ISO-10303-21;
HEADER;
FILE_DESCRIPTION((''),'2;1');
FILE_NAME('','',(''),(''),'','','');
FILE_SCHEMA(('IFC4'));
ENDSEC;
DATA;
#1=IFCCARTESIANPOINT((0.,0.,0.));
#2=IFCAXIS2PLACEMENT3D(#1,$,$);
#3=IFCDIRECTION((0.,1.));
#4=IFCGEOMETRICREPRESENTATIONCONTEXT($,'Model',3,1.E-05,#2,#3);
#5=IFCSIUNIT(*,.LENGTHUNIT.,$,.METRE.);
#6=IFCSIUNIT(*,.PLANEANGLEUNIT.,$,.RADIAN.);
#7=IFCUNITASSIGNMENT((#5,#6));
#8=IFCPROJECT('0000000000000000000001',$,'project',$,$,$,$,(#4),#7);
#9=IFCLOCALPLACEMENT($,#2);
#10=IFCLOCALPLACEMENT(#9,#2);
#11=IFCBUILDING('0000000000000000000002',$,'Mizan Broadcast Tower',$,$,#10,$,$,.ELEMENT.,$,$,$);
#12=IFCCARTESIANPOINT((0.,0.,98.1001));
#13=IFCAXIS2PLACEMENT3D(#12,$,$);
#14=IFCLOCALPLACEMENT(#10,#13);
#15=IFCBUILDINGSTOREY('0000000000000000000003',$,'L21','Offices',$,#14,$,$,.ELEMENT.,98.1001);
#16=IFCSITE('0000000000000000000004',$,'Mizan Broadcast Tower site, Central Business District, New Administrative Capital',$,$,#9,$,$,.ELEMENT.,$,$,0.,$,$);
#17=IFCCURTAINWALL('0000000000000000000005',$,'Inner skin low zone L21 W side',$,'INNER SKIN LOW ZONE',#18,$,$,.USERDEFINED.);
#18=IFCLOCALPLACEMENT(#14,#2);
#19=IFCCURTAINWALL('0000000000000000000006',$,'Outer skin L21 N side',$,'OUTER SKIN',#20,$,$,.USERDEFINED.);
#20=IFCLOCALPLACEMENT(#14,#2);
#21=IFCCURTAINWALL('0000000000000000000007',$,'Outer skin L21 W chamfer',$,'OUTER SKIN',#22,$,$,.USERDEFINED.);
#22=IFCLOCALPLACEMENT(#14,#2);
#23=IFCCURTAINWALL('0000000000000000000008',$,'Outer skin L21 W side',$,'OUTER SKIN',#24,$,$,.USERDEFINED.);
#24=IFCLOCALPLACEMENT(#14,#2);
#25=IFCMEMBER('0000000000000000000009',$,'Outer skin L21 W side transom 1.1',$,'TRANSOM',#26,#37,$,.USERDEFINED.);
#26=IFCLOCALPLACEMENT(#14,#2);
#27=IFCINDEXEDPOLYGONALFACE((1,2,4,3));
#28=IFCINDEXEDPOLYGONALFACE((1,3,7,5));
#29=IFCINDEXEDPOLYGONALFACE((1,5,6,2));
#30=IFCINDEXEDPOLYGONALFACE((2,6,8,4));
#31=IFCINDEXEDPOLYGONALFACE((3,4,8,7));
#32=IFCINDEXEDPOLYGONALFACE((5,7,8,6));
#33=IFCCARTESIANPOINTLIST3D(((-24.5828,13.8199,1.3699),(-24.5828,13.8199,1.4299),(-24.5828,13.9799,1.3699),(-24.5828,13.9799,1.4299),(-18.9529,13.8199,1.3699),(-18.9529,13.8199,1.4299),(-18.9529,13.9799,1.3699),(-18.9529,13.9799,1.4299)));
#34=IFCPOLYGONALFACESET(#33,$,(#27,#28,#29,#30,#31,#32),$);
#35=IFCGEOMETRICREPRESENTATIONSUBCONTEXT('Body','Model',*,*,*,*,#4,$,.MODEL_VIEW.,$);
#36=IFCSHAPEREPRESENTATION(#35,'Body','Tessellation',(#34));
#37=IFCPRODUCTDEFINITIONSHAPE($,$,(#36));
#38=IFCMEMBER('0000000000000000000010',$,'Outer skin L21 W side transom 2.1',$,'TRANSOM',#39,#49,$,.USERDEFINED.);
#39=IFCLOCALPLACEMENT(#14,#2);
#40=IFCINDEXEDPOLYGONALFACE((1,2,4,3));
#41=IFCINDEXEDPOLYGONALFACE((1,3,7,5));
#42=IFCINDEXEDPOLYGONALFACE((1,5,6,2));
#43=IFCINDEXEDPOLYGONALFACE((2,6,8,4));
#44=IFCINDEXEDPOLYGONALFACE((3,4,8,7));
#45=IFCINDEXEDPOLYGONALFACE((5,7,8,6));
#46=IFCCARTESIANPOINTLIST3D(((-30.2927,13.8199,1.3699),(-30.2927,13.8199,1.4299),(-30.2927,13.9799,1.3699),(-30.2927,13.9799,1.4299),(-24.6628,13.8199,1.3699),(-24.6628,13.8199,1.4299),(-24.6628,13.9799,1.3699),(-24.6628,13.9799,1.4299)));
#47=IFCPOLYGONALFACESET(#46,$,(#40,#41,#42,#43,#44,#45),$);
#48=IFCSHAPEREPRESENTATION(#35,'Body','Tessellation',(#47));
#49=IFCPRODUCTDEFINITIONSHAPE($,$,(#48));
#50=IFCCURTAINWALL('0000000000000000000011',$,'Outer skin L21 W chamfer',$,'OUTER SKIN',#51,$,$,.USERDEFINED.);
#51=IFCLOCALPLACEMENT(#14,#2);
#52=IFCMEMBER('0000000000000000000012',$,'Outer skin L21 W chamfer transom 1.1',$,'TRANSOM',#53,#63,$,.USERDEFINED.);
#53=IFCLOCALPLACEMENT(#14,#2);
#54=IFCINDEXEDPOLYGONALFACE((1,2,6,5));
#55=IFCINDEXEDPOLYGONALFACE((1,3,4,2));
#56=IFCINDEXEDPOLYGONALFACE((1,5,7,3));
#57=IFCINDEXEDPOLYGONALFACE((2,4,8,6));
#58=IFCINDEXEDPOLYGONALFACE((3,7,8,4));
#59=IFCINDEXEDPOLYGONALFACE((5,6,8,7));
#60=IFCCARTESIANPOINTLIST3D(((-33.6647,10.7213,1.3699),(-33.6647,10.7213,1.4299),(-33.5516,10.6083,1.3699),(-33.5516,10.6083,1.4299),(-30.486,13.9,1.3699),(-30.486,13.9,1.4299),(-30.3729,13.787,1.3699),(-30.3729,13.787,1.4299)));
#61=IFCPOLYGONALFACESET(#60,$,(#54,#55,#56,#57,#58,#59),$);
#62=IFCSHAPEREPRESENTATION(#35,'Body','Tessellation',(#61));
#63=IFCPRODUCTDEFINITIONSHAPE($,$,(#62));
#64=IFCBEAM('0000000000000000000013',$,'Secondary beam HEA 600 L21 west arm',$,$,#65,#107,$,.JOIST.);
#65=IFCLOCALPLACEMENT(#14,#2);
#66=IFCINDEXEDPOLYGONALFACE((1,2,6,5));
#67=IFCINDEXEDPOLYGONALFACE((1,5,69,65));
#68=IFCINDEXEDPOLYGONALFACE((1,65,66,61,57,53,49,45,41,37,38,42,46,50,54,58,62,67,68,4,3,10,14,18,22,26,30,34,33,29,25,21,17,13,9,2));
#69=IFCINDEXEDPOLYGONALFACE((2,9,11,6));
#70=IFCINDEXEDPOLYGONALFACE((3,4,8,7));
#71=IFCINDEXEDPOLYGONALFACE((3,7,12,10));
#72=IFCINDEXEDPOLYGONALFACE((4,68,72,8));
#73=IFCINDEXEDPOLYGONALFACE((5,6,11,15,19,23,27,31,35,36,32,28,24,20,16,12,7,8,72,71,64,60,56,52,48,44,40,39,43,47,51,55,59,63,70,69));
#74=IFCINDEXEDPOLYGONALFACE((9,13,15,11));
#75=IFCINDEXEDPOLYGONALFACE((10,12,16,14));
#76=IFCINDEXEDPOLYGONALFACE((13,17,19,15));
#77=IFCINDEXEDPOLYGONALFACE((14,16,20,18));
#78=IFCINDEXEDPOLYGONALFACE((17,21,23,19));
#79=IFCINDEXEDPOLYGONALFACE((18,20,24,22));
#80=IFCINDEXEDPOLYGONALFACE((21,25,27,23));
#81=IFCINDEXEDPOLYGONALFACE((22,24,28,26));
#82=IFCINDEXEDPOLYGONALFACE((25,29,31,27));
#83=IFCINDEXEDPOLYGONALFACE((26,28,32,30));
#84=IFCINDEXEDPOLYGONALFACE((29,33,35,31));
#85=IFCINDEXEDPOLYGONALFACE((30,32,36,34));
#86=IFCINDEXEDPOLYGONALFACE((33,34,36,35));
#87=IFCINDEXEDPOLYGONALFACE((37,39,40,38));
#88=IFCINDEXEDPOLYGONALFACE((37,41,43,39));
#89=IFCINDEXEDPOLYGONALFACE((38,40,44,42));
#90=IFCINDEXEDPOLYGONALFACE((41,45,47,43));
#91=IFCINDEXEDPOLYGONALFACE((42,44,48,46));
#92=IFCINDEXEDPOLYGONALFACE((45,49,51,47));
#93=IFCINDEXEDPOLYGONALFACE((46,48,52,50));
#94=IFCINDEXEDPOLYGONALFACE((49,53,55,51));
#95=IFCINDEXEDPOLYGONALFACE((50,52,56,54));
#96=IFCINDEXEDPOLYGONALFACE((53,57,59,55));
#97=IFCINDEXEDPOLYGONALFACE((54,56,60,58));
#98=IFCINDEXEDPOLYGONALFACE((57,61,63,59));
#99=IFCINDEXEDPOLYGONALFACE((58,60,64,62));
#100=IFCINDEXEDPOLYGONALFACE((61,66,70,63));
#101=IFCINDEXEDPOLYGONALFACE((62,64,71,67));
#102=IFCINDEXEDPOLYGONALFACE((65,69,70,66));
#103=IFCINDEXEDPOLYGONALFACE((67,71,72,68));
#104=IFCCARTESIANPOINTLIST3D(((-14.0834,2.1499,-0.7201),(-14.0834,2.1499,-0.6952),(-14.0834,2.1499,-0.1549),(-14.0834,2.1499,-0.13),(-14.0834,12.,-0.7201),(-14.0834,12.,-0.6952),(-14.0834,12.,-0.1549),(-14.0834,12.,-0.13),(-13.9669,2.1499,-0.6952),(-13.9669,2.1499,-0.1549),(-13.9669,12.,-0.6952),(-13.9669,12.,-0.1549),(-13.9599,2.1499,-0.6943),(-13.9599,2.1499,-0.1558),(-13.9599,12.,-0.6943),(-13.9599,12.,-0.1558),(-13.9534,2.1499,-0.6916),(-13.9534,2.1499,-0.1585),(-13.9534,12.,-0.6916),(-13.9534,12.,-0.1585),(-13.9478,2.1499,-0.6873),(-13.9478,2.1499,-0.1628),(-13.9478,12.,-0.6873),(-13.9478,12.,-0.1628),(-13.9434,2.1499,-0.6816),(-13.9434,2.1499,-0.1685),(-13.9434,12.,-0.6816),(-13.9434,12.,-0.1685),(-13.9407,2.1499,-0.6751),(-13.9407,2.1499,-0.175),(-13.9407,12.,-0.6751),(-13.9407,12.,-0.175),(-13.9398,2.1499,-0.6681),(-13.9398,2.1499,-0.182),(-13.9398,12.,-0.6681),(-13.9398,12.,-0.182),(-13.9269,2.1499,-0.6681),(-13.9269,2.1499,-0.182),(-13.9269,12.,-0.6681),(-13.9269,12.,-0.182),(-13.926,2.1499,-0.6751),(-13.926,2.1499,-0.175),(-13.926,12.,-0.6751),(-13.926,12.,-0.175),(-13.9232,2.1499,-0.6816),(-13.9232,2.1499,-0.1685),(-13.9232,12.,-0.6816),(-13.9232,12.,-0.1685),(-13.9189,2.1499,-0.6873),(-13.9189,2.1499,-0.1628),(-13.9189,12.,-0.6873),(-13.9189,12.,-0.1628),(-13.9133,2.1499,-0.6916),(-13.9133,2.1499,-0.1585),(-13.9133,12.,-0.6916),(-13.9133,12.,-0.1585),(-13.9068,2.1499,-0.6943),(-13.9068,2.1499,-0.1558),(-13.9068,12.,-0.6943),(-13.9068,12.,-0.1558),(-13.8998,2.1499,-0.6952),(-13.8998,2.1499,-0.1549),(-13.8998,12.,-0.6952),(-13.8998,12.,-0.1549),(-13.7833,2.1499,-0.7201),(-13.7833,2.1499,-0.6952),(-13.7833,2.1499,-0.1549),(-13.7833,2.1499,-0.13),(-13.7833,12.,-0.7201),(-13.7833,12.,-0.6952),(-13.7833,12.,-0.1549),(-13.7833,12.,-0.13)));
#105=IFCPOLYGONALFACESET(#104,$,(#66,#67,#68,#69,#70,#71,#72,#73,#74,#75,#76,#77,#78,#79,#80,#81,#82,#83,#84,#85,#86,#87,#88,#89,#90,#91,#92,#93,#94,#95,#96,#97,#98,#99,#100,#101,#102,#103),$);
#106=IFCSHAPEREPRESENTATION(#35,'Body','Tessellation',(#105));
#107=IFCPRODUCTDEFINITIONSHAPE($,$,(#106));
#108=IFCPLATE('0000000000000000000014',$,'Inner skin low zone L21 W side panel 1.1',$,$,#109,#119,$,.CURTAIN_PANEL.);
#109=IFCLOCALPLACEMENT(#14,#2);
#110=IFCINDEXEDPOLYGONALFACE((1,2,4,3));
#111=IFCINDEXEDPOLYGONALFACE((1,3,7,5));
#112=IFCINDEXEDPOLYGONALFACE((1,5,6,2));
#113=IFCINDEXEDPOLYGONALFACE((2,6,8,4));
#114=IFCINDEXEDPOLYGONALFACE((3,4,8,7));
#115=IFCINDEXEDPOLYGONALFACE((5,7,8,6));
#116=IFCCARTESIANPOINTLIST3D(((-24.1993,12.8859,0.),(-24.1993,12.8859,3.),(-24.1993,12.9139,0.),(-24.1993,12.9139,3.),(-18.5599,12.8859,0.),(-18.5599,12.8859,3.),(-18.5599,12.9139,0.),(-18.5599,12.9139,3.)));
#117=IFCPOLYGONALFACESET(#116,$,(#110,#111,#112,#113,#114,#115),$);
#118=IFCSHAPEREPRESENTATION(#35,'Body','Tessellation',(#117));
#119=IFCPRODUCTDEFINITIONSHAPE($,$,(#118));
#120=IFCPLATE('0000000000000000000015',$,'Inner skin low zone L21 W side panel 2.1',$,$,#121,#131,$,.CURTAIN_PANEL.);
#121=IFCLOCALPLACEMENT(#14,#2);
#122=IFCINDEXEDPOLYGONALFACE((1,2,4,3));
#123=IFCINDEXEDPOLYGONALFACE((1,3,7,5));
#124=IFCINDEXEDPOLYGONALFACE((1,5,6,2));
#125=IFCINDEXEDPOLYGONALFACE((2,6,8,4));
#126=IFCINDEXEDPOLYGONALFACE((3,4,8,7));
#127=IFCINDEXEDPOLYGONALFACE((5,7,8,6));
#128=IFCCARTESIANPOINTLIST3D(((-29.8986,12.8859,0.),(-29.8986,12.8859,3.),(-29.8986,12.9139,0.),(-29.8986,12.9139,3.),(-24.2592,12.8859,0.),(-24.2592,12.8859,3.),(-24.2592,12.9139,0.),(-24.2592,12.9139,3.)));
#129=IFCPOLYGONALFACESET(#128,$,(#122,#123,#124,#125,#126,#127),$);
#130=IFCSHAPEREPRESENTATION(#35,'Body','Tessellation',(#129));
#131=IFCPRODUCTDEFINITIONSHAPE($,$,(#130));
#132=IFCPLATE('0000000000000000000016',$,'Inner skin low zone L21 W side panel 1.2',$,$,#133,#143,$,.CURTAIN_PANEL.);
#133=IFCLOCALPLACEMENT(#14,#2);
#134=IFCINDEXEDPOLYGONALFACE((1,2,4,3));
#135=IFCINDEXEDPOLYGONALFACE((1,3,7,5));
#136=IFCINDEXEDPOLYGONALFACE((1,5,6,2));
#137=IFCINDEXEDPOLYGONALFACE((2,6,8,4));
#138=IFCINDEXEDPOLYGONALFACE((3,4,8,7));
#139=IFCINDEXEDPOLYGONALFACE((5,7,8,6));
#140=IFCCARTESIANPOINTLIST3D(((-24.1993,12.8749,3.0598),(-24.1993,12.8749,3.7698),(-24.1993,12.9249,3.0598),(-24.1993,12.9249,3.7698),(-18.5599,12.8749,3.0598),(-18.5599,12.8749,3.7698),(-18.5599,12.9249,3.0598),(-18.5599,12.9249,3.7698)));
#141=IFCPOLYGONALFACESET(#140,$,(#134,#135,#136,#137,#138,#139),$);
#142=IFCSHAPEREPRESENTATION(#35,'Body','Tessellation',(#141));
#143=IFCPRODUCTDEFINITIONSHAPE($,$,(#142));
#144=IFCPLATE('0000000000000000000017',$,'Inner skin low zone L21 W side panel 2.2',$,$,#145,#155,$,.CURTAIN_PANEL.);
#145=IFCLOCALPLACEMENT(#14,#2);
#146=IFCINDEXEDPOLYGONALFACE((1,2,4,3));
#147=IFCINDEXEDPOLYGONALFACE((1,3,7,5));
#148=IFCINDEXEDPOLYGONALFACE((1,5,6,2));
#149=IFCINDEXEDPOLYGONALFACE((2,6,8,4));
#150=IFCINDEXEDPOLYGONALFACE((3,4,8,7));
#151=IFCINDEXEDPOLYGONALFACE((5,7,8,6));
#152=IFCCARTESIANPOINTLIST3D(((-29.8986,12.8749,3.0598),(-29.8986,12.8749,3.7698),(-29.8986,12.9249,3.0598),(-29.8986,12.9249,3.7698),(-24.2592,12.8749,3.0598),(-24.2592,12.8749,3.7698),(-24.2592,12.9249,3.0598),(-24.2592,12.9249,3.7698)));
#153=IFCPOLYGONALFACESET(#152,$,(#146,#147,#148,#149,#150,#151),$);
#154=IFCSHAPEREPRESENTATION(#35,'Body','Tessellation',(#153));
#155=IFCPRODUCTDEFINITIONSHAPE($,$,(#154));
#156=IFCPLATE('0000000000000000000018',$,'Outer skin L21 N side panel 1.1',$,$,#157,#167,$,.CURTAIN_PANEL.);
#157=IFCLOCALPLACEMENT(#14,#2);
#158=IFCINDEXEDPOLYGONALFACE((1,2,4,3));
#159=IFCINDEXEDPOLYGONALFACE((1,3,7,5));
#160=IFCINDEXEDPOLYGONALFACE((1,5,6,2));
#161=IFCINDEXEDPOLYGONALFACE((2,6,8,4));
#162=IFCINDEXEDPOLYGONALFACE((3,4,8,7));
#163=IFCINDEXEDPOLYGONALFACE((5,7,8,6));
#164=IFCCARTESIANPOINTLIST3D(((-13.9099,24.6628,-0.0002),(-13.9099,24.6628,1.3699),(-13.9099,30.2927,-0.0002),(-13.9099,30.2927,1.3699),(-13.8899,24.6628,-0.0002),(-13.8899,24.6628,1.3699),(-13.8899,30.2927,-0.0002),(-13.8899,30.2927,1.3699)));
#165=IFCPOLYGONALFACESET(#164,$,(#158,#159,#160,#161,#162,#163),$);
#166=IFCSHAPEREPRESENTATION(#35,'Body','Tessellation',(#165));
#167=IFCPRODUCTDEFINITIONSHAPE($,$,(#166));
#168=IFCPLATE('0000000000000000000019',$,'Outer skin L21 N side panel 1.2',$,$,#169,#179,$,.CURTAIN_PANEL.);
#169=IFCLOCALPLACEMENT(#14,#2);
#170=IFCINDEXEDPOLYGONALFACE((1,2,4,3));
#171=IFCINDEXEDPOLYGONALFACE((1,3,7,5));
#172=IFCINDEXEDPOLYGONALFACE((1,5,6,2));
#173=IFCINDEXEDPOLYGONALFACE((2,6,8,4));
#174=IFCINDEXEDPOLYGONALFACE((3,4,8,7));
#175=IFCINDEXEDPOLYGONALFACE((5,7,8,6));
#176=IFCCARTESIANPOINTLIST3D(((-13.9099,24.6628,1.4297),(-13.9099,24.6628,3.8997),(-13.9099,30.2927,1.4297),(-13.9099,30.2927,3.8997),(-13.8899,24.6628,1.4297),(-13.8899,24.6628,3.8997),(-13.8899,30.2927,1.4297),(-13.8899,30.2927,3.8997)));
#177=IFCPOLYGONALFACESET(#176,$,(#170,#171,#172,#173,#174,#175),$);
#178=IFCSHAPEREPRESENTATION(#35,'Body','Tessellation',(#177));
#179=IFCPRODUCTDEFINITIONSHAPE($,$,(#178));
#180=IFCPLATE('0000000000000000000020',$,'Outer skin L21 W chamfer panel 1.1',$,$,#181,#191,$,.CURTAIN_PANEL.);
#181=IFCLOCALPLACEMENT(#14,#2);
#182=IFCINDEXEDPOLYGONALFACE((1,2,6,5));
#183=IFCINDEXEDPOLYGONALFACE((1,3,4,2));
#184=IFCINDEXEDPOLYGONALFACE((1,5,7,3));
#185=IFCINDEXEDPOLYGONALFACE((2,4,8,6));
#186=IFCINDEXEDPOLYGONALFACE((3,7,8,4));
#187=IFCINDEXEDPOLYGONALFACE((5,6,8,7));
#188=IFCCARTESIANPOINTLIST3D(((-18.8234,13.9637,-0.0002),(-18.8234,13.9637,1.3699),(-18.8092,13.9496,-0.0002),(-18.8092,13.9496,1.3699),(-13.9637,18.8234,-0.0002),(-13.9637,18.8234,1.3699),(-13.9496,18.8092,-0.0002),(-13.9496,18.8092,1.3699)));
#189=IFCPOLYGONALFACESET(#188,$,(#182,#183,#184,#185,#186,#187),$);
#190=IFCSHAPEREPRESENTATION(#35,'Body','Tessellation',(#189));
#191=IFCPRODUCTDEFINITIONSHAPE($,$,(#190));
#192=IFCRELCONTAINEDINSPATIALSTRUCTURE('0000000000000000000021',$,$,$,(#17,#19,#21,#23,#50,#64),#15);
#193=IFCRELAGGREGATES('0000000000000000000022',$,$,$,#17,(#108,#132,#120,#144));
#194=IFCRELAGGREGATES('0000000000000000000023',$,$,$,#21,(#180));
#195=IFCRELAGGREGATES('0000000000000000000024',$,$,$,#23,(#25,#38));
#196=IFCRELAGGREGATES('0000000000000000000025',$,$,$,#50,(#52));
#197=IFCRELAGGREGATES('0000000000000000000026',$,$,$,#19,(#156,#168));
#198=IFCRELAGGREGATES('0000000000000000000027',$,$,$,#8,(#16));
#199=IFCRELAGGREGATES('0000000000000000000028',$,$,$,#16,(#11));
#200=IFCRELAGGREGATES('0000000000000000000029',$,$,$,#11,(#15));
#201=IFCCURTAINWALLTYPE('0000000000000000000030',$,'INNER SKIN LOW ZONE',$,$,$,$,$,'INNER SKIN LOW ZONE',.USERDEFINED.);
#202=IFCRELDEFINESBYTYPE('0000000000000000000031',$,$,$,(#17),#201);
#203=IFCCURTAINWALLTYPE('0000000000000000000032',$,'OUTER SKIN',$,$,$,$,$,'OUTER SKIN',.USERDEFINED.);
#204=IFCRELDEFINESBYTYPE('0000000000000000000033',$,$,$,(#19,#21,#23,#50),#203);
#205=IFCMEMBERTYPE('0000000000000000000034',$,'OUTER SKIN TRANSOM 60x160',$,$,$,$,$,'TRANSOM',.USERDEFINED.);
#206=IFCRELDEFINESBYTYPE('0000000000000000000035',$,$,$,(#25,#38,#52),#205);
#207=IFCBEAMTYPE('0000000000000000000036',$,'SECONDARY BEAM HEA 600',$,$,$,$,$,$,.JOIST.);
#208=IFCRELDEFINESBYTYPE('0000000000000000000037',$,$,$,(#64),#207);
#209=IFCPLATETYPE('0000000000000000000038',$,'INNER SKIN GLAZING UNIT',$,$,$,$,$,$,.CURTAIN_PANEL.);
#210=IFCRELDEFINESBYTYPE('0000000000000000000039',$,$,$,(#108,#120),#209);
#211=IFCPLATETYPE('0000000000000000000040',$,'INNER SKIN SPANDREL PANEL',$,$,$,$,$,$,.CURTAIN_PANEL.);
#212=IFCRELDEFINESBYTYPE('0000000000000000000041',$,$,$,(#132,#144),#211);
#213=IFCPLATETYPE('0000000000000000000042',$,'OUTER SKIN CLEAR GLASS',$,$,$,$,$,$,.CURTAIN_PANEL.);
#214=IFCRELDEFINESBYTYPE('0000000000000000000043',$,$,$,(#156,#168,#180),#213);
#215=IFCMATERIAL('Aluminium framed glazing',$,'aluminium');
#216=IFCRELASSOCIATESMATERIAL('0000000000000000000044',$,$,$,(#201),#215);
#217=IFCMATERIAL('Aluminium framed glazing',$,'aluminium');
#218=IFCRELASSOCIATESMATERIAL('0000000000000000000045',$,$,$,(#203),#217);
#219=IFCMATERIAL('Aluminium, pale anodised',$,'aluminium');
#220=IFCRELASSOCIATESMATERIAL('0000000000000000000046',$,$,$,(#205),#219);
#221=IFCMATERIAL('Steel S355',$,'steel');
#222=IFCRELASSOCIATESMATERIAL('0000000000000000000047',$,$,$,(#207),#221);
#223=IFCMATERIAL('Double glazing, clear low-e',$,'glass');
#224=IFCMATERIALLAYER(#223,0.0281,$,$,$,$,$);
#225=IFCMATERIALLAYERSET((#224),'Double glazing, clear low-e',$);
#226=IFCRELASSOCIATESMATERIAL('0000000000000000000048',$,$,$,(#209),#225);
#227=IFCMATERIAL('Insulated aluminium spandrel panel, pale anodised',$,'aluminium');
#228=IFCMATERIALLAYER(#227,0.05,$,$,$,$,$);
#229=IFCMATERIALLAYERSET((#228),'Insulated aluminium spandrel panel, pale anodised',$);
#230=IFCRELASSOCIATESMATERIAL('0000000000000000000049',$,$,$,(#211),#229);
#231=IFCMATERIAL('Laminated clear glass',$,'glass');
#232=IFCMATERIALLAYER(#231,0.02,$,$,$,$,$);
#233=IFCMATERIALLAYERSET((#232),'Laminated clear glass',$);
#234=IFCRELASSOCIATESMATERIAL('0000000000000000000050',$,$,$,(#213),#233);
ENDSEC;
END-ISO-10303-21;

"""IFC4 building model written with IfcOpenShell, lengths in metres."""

from ifc_helpers import new_model, si_unit, direction, frame, origin, origin_2d, place, context, subcontext, project, spatial, rectangle, i_section, extrude, material, layer, layer_set, material_profile, profile_set, type_object, element, aggregate, save


model = new_model("IFC4")

# Units and contexts
model_context = context("Model", 3, precision=1e-05, world=origin(), true_north=direction((0.0, 1.0)))
body_context = subcontext(model_context, "Body", "Model", "MODEL_VIEW")
ifc_project = project(units=[si_unit("LENGTHUNIT", "METRE"), si_unit("PLANEANGLEUNIT", "RADIAN")], contexts=[model_context])

# Site, building, storey
site_placement = place(None, origin())
site = spatial("IfcSite", under=ifc_project, at=site_placement, Name="Mizan Broadcast Tower site, Central Business District, New Administrative Capital", CompositionType="ELEMENT", RefElevation=0.0)
building_placement = place(site_placement, origin())
building = spatial("IfcBuilding", under=site, at=building_placement, Name="Mizan Broadcast Tower", CompositionType="ELEMENT")
storey_placement = place(building_placement, frame((0.0, 0.0, 98.1001)))
storey = spatial("IfcBuildingStorey", under=building, at=storey_placement, Name="L21", Description="Offices", CompositionType="ELEMENT", Elevation=98.1001)

# Curtain wall
ifc_material_1 = material(Name="Aluminium framed glazing", Category="aluminium")
curtain_wall_type_1 = type_object("IfcCurtainWallType", Name="INNER SKIN LOW ZONE", ElementType="INNER SKIN LOW ZONE", PredefinedType="USERDEFINED", material=ifc_material_1)
curtain_wall_1_placement = place(storey_placement, origin())
curtain_wall_1 = element("IfcCurtainWall", 1, at=curtain_wall_1_placement, inside=storey, type_object=curtain_wall_type_1, Name="Inner skin low zone L21 W side", ObjectType="INNER SKIN LOW ZONE", PredefinedType="USERDEFINED")

# Shared definitions
ifc_material_2 = material(Name="Aluminium framed glazing", Category="aluminium")
curtain_wall_type_2 = type_object("IfcCurtainWallType", Name="OUTER SKIN", ElementType="OUTER SKIN", PredefinedType="USERDEFINED", material=ifc_material_2)

# Curtain wall
curtain_wall_2_placement = place(storey_placement, origin())
curtain_wall_2 = element("IfcCurtainWall", 2, at=curtain_wall_2_placement, inside=storey, type_object=curtain_wall_type_2, Name="Outer skin L21 N side", ObjectType="OUTER SKIN", PredefinedType="USERDEFINED")

# Curtain wall
curtain_wall_3_placement = place(storey_placement, origin())
curtain_wall_3 = element("IfcCurtainWall", 3, at=curtain_wall_3_placement, inside=storey, type_object=curtain_wall_type_2, Name="Outer skin L21 W chamfer", ObjectType="OUTER SKIN", PredefinedType="USERDEFINED")

# Curtain wall
curtain_wall_4_placement = place(storey_placement, origin())
curtain_wall_4 = element("IfcCurtainWall", 4, at=curtain_wall_4_placement, inside=storey, type_object=curtain_wall_type_2, Name="Outer skin L21 W side", ObjectType="OUTER SKIN", PredefinedType="USERDEFINED")

# Members
ifc_material_3 = material(Name="Aluminium, pale anodised", Category="aluminium")
ifc_material_profile_1 = material_profile(ifc_material_3, rectangle(XDim=0.1599, YDim=0.0601, at=origin_2d()), Name="TRANSOM 160x60")
ifc_profile_set_1 = profile_set([ifc_material_profile_1], Name="Aluminium, pale anodised")
member_type_1 = type_object("IfcMemberType", Name="OUTER SKIN TRANSOM 60x160", ElementType="TRANSOM", PredefinedType="USERDEFINED", material=ifc_profile_set_1)
member_1_placement = place(storey_placement, frame((-18.9529, 13.8999, 1.3999), z_axis=(-1.0, 0.0, 0.0), x_axis=(0.0, -1.0, 0.0)))
member_1 = element("IfcMember", 5, at=member_1_placement, type_object=member_type_1, Name="Outer skin L21 W side transom 1.1", ObjectType="TRANSOM", PredefinedType="USERDEFINED", context=body_context, shape_type="SweptSolid", body=[
    extrude(rectangle(XDim=0.1599, YDim=0.0601, at=origin_2d()), origin(), (0.0, 0.0, 1.0), 5.6299),
])
member_2_placement = place(storey_placement, frame((-24.6628, 13.8999, 1.3999), z_axis=(-1.0, 0.0, 0.0), x_axis=(0.0, -1.0, 0.0)))
member_2 = element("IfcMember", 6, at=member_2_placement, type_object=member_type_1, Name="Outer skin L21 W side transom 2.1", ObjectType="TRANSOM", PredefinedType="USERDEFINED", context=body_context, shape_type="SweptSolid", body=[
    extrude(rectangle(XDim=0.1599, YDim=0.0601, at=origin_2d()), origin(), (0.0, 0.0, 1.0), 5.6299),
])

# Curtain wall, member
curtain_wall_5_placement = place(storey_placement, origin())
curtain_wall_5 = element("IfcCurtainWall", 7, at=curtain_wall_5_placement, inside=storey, type_object=curtain_wall_type_2, Name="Outer skin L21 W chamfer", ObjectType="OUTER SKIN", PredefinedType="USERDEFINED")
member_3_placement = place(storey_placement, frame((-30.4294, 13.8435, 1.3999), z_axis=(-0.707107, -0.707107, 0.0), x_axis=(0.707107, -0.707107, 0.0)))
member_3 = element("IfcMember", 8, at=member_3_placement, type_object=member_type_1, Name="Outer skin L21 W chamfer transom 1.1", ObjectType="TRANSOM", PredefinedType="USERDEFINED", context=body_context, shape_type="SweptSolid", body=[
    extrude(rectangle(XDim=0.1599, YDim=0.0601, at=origin_2d()), origin(), (0.0, 0.0, 1.0), 4.4954),
])

# Beam
ifc_material_4 = material(Name="Steel S355", Category="steel")
ifc_material_profile_2 = material_profile(ifc_material_4, i_section(OverallWidth=0.3, OverallDepth=0.5901, WebThickness=0.0129, FlangeThickness=0.0249, FilletRadius=0.0271, at=origin_2d()), Name="HEA 600")
ifc_profile_set_2 = profile_set([ifc_material_profile_2], Name="Steel S355")
beam_type = type_object("IfcBeamType", Name="SECONDARY BEAM HEA 600", PredefinedType="JOIST", material=ifc_profile_set_2)
beam_placement = place(storey_placement, frame((-13.9333, 12.0, -0.425), z_axis=(0.0, -1.0, 0.0), x_axis=(1.0, 0.0, 0.0)))
element("IfcBeam", 9, at=beam_placement, inside=storey, type_object=beam_type, Name="Secondary beam HEA 600 L21 west arm", PredefinedType="JOIST", context=body_context, shape_type="SweptSolid", body=[
    extrude(i_section(OverallWidth=0.3, OverallDepth=0.5901, WebThickness=0.0129, FlangeThickness=0.0249, FilletRadius=0.0271, at=origin_2d()), origin(), (0.0, 0.0, 1.0), 9.8501),
])

# Plates
ifc_material_5 = material(Name="Double glazing, clear low-e", Category="glass")
ifc_layer_1 = layer(ifc_material_5, 0.0281)
ifc_layer_set_1 = layer_set([ifc_layer_1], Name="Double glazing, clear low-e")
plate_type_1 = type_object("IfcPlateType", Name="INNER SKIN GLAZING UNIT", PredefinedType="CURTAIN_PANEL", material=ifc_layer_set_1)
plate_1_placement = place(storey_placement, frame((-21.3796, 12.8999, 0.0), z_axis=(0.0, 0.0, 1.0), x_axis=(-1.0, 0.0, 0.0)))
plate_1 = element("IfcPlate", 10, at=plate_1_placement, type_object=plate_type_1, Name="Inner skin low zone L21 W side panel 1.1", PredefinedType="CURTAIN_PANEL", context=body_context, shape_type="SweptSolid", body=[
    extrude(rectangle(XDim=5.6394, YDim=0.0281, at=origin_2d()), origin(), (0.0, 0.0, 1.0), 3.0),
])
plate_2_placement = place(storey_placement, frame((-27.0789, 12.8999, 0.0), z_axis=(0.0, 0.0, 1.0), x_axis=(-1.0, 0.0, 0.0)))
plate_2 = element("IfcPlate", 11, at=plate_2_placement, type_object=plate_type_1, Name="Inner skin low zone L21 W side panel 2.1", PredefinedType="CURTAIN_PANEL", context=body_context, shape_type="SweptSolid", body=[
    extrude(rectangle(XDim=5.6394, YDim=0.0281, at=origin_2d()), origin(), (0.0, 0.0, 1.0), 3.0),
])
ifc_material_6 = material(Name="Insulated aluminium spandrel panel, pale anodised", Category="aluminium")
ifc_layer_2 = layer(ifc_material_6, 0.05)
ifc_layer_set_2 = layer_set([ifc_layer_2], Name="Insulated aluminium spandrel panel, pale anodised")
plate_type_2 = type_object("IfcPlateType", Name="INNER SKIN SPANDREL PANEL", PredefinedType="CURTAIN_PANEL", material=ifc_layer_set_2)
plate_3_placement = place(storey_placement, frame((-21.3796, 12.8999, 3.0598), z_axis=(0.0, 0.0, 1.0), x_axis=(-1.0, 0.0, 0.0)))
plate_3 = element("IfcPlate", 12, at=plate_3_placement, type_object=plate_type_2, Name="Inner skin low zone L21 W side panel 1.2", PredefinedType="CURTAIN_PANEL", context=body_context, shape_type="SweptSolid", body=[
    extrude(rectangle(XDim=5.6394, YDim=0.05, at=origin_2d()), origin(), (0.0, 0.0, 1.0), 0.71),
])
plate_4_placement = place(storey_placement, frame((-27.0789, 12.8999, 3.0598), z_axis=(0.0, 0.0, 1.0), x_axis=(-1.0, 0.0, 0.0)))
plate_4 = element("IfcPlate", 13, at=plate_4_placement, type_object=plate_type_2, Name="Inner skin low zone L21 W side panel 2.2", PredefinedType="CURTAIN_PANEL", context=body_context, shape_type="SweptSolid", body=[
    extrude(rectangle(XDim=5.6394, YDim=0.05, at=origin_2d()), origin(), (0.0, 0.0, 1.0), 0.71),
])
aggregate(curtain_wall_1, [plate_1, plate_3, plate_2, plate_4])
ifc_material_7 = material(Name="Laminated clear glass", Category="glass")
ifc_layer_3 = layer(ifc_material_7, 0.02)
ifc_layer_set_3 = layer_set([ifc_layer_3], Name="Laminated clear glass")
plate_type_3 = type_object("IfcPlateType", Name="OUTER SKIN CLEAR GLASS", PredefinedType="CURTAIN_PANEL", material=ifc_layer_set_3)
plate_5_placement = place(storey_placement, frame((-13.8999, 27.4778, -0.0002), z_axis=(0.0, 0.0, 1.0), x_axis=(0.0, -1.0, 0.0)))
plate_5 = element("IfcPlate", 14, at=plate_5_placement, type_object=plate_type_3, Name="Outer skin L21 N side panel 1.1", PredefinedType="CURTAIN_PANEL", context=body_context, shape_type="SweptSolid", body=[
    extrude(rectangle(XDim=5.6299, YDim=0.02, at=origin_2d()), origin(), (0.0, 0.0, 1.0), 1.3701),
])
plate_6_placement = place(storey_placement, frame((-13.8999, 27.4778, 1.4297), z_axis=(0.0, 0.0, 1.0), x_axis=(0.0, -1.0, 0.0)))
plate_6 = element("IfcPlate", 15, at=plate_6_placement, type_object=plate_type_3, Name="Outer skin L21 N side panel 1.2", PredefinedType="CURTAIN_PANEL", context=body_context, shape_type="SweptSolid", body=[
    extrude(rectangle(XDim=5.6299, YDim=0.02, at=origin_2d()), origin(), (0.0, 0.0, 1.0), 2.47),
])
plate_7_placement = place(storey_placement, frame((-16.3865, 16.3865, -0.0002), z_axis=(0.0, 0.0, 1.0), x_axis=(-0.707107, -0.707107, 0.0)))
plate_7 = element("IfcPlate", 16, at=plate_7_placement, type_object=plate_type_3, Name="Outer skin L21 W chamfer panel 1.1", PredefinedType="CURTAIN_PANEL", context=body_context, shape_type="SweptSolid", body=[
    extrude(rectangle(XDim=6.8726, YDim=0.02, at=origin_2d()), origin(), (0.0, 0.0, 1.0), 1.3701),
])
aggregate(curtain_wall_3, [plate_7])
aggregate(curtain_wall_4, [member_1, member_2])
aggregate(curtain_wall_5, [member_3])
aggregate(curtain_wall_2, [plate_5, plate_6])

save(model, "model.ifc")
